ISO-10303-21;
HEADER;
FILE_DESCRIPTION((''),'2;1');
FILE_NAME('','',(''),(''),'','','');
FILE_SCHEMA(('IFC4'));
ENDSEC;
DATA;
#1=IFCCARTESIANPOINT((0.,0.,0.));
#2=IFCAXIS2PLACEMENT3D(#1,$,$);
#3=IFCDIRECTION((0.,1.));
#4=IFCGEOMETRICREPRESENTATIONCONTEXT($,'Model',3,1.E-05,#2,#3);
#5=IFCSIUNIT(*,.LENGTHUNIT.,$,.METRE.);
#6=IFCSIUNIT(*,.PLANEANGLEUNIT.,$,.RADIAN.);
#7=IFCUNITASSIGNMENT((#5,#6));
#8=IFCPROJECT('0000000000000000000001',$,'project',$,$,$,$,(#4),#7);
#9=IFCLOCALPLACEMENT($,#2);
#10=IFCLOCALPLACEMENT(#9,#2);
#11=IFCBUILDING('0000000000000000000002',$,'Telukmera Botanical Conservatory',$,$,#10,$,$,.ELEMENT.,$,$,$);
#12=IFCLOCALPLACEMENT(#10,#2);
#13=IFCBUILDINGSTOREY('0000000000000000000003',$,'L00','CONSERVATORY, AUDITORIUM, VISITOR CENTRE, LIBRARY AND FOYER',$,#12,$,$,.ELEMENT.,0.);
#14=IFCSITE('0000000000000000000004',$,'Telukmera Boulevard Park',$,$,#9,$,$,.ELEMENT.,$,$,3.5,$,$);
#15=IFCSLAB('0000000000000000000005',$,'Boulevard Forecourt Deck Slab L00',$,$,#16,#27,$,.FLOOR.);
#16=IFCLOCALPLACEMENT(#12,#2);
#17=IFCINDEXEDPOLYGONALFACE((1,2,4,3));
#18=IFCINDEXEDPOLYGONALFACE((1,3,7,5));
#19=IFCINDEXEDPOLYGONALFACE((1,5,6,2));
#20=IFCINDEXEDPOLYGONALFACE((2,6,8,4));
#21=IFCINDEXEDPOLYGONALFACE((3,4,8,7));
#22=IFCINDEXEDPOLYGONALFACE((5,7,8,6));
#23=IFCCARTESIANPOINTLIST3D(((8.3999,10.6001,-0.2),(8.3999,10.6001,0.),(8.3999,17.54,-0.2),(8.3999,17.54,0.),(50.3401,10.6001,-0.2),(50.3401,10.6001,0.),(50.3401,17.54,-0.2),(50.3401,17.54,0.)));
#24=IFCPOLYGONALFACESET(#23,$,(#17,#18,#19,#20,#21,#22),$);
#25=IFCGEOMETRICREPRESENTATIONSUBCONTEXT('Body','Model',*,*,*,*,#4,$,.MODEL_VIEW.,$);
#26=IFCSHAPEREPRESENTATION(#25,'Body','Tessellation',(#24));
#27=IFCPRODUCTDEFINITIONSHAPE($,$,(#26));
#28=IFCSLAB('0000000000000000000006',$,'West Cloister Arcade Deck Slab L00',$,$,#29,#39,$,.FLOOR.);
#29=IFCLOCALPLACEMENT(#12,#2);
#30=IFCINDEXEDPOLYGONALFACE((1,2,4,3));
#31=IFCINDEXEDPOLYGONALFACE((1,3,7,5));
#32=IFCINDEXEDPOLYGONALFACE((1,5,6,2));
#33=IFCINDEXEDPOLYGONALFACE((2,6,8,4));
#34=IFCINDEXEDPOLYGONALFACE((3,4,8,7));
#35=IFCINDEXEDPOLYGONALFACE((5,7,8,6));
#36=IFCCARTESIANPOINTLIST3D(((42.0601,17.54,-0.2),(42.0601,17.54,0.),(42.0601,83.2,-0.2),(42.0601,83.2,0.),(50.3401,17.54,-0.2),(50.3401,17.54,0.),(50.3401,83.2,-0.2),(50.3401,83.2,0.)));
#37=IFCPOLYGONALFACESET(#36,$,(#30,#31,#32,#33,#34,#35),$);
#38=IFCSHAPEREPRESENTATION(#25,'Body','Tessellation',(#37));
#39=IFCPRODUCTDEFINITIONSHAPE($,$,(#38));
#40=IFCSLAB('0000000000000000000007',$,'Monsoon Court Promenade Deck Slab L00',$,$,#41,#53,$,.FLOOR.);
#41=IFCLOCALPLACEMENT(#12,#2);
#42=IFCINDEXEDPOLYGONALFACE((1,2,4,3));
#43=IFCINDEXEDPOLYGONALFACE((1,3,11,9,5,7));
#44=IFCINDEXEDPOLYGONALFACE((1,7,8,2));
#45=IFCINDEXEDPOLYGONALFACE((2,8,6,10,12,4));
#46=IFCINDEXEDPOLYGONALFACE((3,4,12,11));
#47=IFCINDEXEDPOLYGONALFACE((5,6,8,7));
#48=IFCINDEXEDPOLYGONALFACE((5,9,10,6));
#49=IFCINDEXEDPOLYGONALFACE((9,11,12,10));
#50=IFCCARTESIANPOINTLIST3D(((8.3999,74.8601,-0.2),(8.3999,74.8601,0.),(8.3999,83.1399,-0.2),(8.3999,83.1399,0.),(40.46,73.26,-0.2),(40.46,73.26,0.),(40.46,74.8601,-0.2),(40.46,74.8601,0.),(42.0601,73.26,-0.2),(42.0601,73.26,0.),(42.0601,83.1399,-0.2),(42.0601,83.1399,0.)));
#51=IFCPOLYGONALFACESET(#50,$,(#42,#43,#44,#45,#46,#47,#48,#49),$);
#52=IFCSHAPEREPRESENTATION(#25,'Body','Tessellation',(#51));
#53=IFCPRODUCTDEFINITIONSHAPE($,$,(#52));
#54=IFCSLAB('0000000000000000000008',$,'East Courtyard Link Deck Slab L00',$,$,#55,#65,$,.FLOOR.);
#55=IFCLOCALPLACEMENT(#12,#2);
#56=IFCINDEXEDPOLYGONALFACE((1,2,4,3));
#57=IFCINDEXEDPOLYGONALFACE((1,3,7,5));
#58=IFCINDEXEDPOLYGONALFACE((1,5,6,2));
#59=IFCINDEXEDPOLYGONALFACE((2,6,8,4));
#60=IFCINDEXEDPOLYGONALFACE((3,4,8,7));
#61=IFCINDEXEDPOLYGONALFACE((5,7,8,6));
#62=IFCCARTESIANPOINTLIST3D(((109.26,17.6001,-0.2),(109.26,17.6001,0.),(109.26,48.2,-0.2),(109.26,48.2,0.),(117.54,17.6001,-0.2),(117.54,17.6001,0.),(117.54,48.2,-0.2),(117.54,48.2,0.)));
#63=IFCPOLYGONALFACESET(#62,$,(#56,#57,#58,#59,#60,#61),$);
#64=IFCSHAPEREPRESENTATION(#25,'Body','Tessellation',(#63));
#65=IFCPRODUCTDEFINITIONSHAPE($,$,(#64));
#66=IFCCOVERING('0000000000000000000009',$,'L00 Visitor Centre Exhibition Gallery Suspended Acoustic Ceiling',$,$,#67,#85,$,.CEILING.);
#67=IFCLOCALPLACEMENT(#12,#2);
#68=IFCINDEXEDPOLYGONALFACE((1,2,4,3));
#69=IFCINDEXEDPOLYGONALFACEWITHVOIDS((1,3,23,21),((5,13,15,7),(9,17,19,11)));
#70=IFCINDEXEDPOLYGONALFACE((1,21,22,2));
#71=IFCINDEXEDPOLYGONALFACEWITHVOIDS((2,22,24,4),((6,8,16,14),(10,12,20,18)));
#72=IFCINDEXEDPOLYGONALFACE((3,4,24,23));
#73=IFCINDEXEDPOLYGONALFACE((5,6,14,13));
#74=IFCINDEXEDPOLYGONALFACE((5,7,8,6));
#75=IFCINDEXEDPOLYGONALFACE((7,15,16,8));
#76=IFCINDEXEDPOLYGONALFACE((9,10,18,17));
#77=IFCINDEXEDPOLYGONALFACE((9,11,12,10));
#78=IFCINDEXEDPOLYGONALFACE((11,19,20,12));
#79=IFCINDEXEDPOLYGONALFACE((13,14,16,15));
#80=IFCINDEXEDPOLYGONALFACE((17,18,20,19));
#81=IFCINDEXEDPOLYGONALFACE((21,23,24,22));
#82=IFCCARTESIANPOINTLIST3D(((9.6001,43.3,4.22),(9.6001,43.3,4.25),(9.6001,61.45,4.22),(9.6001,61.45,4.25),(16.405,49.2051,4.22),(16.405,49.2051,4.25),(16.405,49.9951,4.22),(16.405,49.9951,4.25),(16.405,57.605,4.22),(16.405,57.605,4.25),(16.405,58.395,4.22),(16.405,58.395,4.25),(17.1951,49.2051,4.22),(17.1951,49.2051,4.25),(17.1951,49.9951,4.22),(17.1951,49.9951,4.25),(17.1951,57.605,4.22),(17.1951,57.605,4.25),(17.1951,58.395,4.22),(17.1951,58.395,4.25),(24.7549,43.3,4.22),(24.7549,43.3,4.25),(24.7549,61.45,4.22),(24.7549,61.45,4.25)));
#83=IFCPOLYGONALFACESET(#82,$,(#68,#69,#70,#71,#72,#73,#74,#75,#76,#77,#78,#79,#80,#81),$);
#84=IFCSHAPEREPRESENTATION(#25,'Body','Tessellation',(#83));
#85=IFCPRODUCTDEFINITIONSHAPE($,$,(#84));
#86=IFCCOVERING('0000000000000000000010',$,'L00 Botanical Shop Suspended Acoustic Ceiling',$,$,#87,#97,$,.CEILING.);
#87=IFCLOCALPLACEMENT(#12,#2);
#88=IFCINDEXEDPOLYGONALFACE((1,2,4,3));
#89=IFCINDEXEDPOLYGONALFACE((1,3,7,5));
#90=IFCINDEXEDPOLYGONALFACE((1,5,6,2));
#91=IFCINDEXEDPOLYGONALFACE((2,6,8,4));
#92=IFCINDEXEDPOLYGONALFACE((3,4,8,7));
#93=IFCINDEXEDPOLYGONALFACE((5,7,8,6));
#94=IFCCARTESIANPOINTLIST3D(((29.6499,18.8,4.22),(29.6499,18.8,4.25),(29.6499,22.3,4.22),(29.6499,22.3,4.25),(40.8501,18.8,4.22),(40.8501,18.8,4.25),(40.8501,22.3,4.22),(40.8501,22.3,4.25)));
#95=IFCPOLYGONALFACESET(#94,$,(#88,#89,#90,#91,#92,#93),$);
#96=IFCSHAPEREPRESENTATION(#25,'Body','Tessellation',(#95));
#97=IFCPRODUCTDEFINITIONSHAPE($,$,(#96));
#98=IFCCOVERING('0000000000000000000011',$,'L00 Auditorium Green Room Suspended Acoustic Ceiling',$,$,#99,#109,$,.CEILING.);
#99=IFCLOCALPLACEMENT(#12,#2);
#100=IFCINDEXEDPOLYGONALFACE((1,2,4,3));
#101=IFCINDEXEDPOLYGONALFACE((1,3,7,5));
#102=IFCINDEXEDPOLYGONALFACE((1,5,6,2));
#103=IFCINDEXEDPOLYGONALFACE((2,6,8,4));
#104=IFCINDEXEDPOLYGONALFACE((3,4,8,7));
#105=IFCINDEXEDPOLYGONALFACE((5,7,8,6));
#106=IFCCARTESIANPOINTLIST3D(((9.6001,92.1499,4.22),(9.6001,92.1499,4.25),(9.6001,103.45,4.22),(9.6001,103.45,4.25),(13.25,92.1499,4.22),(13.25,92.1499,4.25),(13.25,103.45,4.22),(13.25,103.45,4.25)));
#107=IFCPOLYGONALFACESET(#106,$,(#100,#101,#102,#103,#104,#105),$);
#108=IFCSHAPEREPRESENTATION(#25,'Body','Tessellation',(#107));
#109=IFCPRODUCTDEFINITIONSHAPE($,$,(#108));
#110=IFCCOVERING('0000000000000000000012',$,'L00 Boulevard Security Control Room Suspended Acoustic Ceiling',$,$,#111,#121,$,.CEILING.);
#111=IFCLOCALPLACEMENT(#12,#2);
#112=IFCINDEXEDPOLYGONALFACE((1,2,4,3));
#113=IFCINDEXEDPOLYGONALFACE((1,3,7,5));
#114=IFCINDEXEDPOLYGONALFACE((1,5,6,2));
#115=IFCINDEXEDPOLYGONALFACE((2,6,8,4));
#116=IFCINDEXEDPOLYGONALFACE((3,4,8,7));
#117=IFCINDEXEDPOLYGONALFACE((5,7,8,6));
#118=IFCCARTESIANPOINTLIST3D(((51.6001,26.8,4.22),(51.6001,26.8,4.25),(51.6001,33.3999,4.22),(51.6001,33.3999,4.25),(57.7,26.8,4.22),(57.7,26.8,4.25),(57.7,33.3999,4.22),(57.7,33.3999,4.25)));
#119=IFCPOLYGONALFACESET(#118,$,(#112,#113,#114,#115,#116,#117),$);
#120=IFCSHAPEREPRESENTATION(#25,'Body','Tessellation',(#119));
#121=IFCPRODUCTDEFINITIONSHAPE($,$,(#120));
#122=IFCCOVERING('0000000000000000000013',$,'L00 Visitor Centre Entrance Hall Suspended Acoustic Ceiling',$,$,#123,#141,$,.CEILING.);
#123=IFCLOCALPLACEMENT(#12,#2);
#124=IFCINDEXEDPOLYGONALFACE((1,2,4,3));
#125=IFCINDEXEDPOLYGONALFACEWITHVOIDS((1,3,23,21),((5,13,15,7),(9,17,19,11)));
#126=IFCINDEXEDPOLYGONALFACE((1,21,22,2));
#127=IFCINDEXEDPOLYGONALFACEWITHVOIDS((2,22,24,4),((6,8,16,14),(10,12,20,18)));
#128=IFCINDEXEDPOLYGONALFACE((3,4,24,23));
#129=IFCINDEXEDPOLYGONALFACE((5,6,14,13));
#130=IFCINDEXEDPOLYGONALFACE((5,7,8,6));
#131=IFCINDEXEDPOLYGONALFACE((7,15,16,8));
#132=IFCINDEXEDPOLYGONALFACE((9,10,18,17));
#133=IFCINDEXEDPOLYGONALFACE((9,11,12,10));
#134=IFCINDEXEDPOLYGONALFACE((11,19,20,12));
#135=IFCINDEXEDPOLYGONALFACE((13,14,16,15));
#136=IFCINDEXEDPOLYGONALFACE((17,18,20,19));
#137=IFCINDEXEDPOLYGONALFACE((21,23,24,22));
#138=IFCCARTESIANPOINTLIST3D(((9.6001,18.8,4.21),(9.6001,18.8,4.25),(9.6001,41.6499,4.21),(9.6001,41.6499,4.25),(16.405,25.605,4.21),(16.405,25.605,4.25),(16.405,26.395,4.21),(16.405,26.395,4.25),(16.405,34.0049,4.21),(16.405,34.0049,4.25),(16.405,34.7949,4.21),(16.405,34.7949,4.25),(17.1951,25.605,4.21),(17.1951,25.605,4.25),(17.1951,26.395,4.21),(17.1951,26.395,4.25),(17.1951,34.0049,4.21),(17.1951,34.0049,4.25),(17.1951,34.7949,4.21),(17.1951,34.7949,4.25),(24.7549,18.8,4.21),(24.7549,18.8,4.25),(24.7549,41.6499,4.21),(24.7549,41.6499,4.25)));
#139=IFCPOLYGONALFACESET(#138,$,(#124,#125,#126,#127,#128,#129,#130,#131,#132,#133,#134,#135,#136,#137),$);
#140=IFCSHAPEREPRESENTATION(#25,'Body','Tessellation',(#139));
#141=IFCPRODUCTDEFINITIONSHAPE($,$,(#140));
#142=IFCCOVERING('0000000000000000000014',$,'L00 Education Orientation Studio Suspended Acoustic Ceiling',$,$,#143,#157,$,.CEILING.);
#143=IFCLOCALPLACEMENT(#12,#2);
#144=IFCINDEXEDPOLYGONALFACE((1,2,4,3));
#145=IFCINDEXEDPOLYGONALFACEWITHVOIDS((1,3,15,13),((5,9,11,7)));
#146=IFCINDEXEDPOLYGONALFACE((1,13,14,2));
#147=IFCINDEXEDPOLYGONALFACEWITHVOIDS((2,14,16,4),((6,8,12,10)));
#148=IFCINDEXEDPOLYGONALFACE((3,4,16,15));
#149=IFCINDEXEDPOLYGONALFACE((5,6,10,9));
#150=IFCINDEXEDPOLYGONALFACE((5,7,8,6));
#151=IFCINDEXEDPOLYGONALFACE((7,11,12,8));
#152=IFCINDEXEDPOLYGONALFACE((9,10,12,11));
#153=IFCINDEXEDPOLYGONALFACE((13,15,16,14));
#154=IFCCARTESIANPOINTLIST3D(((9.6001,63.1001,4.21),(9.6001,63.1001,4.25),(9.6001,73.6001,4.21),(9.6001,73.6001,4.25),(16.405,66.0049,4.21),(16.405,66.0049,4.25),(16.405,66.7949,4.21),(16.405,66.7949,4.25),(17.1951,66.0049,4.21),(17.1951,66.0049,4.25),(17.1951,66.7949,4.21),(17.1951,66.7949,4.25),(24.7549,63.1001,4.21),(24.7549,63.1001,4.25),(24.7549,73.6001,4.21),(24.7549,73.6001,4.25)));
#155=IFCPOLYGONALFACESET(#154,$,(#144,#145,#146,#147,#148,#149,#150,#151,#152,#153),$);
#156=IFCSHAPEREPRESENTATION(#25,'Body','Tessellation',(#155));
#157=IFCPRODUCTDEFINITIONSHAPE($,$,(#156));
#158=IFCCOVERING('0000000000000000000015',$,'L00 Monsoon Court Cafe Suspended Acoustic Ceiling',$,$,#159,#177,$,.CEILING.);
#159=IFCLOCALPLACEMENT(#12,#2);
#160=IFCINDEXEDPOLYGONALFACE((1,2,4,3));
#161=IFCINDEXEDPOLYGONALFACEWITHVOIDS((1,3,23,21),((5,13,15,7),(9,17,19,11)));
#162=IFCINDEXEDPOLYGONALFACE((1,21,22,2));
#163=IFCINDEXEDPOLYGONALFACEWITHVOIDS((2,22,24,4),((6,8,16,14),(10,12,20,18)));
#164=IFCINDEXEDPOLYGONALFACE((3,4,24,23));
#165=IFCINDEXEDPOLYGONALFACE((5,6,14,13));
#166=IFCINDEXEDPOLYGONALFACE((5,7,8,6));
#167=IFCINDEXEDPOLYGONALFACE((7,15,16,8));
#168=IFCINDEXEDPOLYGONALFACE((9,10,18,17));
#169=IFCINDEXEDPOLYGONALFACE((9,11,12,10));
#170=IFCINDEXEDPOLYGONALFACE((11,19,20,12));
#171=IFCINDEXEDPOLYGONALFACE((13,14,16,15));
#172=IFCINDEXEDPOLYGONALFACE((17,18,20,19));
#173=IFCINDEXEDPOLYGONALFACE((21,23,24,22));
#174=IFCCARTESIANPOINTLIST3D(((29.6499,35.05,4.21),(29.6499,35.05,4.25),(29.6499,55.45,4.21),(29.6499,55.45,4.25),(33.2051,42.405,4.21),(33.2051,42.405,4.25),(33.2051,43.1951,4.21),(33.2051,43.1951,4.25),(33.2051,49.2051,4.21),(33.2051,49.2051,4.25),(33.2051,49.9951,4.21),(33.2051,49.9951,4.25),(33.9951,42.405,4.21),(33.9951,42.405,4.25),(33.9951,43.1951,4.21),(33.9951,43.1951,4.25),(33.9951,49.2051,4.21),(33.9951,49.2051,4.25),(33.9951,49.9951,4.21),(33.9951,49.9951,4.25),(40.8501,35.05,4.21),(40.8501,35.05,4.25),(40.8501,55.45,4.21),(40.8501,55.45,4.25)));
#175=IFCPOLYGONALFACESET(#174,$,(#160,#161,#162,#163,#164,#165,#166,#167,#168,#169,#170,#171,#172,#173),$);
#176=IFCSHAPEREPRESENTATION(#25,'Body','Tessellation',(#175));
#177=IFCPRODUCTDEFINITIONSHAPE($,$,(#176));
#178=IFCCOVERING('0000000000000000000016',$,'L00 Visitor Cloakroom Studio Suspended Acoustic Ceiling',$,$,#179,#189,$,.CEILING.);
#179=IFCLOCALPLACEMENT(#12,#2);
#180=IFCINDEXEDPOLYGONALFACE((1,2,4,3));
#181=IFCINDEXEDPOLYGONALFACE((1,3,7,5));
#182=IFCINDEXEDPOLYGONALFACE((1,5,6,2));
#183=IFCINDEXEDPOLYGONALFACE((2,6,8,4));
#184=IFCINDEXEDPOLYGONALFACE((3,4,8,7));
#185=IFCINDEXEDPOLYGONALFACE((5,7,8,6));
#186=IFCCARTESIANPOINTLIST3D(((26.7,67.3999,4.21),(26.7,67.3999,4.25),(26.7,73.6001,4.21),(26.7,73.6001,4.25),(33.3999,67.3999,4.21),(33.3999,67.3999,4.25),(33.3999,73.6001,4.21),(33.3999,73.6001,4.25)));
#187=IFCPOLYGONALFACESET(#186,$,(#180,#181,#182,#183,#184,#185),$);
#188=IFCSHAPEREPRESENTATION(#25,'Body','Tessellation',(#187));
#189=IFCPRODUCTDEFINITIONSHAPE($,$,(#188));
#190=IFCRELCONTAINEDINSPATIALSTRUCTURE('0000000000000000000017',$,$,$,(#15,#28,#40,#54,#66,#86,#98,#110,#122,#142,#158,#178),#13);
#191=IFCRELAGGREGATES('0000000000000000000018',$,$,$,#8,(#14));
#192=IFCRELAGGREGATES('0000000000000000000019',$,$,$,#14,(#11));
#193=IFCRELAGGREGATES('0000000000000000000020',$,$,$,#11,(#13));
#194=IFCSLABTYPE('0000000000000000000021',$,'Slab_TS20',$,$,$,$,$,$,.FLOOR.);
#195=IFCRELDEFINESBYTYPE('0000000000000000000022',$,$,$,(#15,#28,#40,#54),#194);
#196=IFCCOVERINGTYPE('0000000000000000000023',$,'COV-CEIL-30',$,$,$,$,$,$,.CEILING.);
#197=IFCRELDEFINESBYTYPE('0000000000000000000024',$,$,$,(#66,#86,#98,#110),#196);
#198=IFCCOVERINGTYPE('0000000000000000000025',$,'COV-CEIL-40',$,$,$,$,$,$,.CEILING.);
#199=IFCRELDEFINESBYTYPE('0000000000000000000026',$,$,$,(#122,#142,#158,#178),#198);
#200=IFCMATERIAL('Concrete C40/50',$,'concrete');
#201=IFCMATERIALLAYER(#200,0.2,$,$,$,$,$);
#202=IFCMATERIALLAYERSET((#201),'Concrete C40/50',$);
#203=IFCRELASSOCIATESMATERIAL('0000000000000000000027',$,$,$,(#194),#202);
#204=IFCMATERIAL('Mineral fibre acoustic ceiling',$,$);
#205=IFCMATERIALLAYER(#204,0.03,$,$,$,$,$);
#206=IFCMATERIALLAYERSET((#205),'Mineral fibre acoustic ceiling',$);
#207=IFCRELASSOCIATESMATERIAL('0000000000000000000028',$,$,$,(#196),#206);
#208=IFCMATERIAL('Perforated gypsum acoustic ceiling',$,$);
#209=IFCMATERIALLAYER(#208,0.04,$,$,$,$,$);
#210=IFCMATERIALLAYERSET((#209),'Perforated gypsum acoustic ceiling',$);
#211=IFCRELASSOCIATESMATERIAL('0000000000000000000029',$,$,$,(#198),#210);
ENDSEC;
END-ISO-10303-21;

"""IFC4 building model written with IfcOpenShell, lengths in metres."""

from ifc_helpers import new_model, si_unit, direction, frame, origin, place, context, subcontext, project, spatial, polyline, outline, extrude, material, layer, layer_set, type_object, element, save


model = new_model("IFC4")

# Units and contexts
model_context = context("Model", 3, precision=1e-05, world=origin(), true_north=direction((0.0, 1.0)))
body_context = subcontext(model_context, "Body", "Model", "MODEL_VIEW")
ifc_project = project(units=[si_unit("LENGTHUNIT", "METRE"), si_unit("PLANEANGLEUNIT", "RADIAN")], contexts=[model_context])

# Site, building, storey
site_placement = place(None, origin())
site = spatial("IfcSite", under=ifc_project, at=site_placement, Name="Telukmera Boulevard Park", CompositionType="ELEMENT", RefElevation=3.5)
building_placement = place(site_placement, origin())
building = spatial("IfcBuilding", under=site, at=building_placement, Name="Telukmera Botanical Conservatory", CompositionType="ELEMENT")
storey_placement = place(building_placement, origin())
storey = spatial("IfcBuildingStorey", under=building, at=storey_placement, Name="L00", Description="CONSERVATORY, AUDITORIUM, VISITOR CENTRE, LIBRARY AND FOYER", CompositionType="ELEMENT", Elevation=0.0)

# Shared definitions
ifc_material_1 = material(Name="Concrete C40/50", Category="concrete")

# Slabs
ifc_layer_1 = layer(ifc_material_1, 0.2)
ifc_layer_set_1 = layer_set([ifc_layer_1], Name="Concrete C40/50")
slab_type_1 = type_object("IfcSlabType", Name="Slab_TS20", PredefinedType="FLOOR", material=ifc_layer_set_1)
slab_1_placement = place(storey_placement, frame((0.0, 0.0, -0.2)))
element("IfcSlab", 1, at=slab_1_placement, inside=storey, type_object=slab_type_1, Name="Boulevard Forecourt Deck Slab L00", PredefinedType="FLOOR", context=body_context, shape_type="SweptSolid", body=[
    extrude(outline(polyline([(8.3999, 10.6001), (50.3401, 10.6001), (50.3401, 17.54), (8.3999, 17.54), (8.3999, 10.6001)])), origin(), (0.0, 0.0, 1.0), 0.2),
])
slab_2_placement = place(storey_placement, frame((0.0, 0.0, -0.2)))
element("IfcSlab", 2, at=slab_2_placement, inside=storey, type_object=slab_type_1, Name="West Cloister Arcade Deck Slab L00", PredefinedType="FLOOR", context=body_context, shape_type="SweptSolid", body=[
    extrude(outline(polyline([(42.0601, 17.54), (50.3401, 17.54), (50.3401, 83.2), (42.0601, 83.2), (42.0601, 17.54)])), origin(), (0.0, 0.0, 1.0), 0.2),
])
slab_3_placement = place(storey_placement, frame((0.0, 0.0, -0.2)))
element("IfcSlab", 3, at=slab_3_placement, inside=storey, type_object=slab_type_1, Name="Monsoon Court Promenade Deck Slab L00", PredefinedType="FLOOR", context=body_context, shape_type="SweptSolid", body=[
    extrude(outline(polyline([(8.3999, 74.8601), (40.46, 74.8601), (40.46, 73.26), (42.0601, 73.26), (42.0601, 83.1399), (8.3999, 83.1399), (8.3999, 74.8601)])), origin(), (0.0, 0.0, 1.0), 0.2),
])
slab_4_placement = place(storey_placement, frame((0.0, 0.0, -0.2)))
element("IfcSlab", 4, at=slab_4_placement, inside=storey, type_object=slab_type_1, Name="East Courtyard Link Deck Slab L00", PredefinedType="FLOOR", context=body_context, shape_type="SweptSolid", body=[
    extrude(outline(polyline([(109.26, 17.6001), (117.54, 17.6001), (117.54, 48.2), (109.26, 48.2), (109.26, 17.6001)])), origin(), (0.0, 0.0, 1.0), 0.2),
])

# Coverings
ifc_material_2 = material(Name="Mineral fibre acoustic ceiling")
ifc_layer_2 = layer(ifc_material_2, 0.03)
ifc_layer_set_2 = layer_set([ifc_layer_2], Name="Mineral fibre acoustic ceiling")
covering_type_1 = type_object("IfcCoveringType", Name="COV-CEIL-30", PredefinedType="CEILING", material=ifc_layer_set_2)
covering_1_placement = place(storey_placement, frame((0.0, 0.0, 4.22)))
element("IfcCovering", 5, at=covering_1_placement, inside=storey, type_object=covering_type_1, Name="L00 Visitor Centre Exhibition Gallery Suspended Acoustic Ceiling", PredefinedType="CEILING", context=body_context, shape_type="SweptSolid", body=[
    extrude(outline(polyline([(9.6001, 43.3), (24.7549, 43.3), (24.7549, 61.45), (9.6001, 61.45), (9.6001, 43.3)]), holes=[polyline([(16.405, 49.2051), (17.1951, 49.2051), (17.1951, 49.9951), (16.405, 49.9951), (16.405, 49.2051)]), polyline([(16.405, 57.605), (17.1951, 57.605), (17.1951, 58.395), (16.405, 58.395), (16.405, 57.605)])]), origin(), (0.0, 0.0, 1.0), 0.03),
])
covering_2_placement = place(storey_placement, frame((0.0, 0.0, 4.22)))
element("IfcCovering", 6, at=covering_2_placement, inside=storey, type_object=covering_type_1, Name="L00 Botanical Shop Suspended Acoustic Ceiling", PredefinedType="CEILING", context=body_context, shape_type="SweptSolid", body=[
    extrude(outline(polyline([(29.6499, 18.8), (40.8501, 18.8), (40.8501, 22.3), (29.6499, 22.3), (29.6499, 18.8)])), origin(), (0.0, 0.0, 1.0), 0.03),
])
covering_3_placement = place(storey_placement, frame((0.0, 0.0, 4.22)))
element("IfcCovering", 7, at=covering_3_placement, inside=storey, type_object=covering_type_1, Name="L00 Auditorium Green Room Suspended Acoustic Ceiling", PredefinedType="CEILING", context=body_context, shape_type="SweptSolid", body=[
    extrude(outline(polyline([(9.6001, 92.1499), (13.25, 92.1499), (13.25, 103.45), (9.6001, 103.45), (9.6001, 92.1499)])), origin(), (0.0, 0.0, 1.0), 0.03),
])
covering_4_placement = place(storey_placement, frame((0.0, 0.0, 4.22)))
element("IfcCovering", 8, at=covering_4_placement, inside=storey, type_object=covering_type_1, Name="L00 Boulevard Security Control Room Suspended Acoustic Ceiling", PredefinedType="CEILING", context=body_context, shape_type="SweptSolid", body=[
    extrude(outline(polyline([(51.6001, 26.8), (57.7, 26.8), (57.7, 33.3999), (51.6001, 33.3999), (51.6001, 26.8)])), origin(), (0.0, 0.0, 1.0), 0.03),
])
ifc_material_3 = material(Name="Perforated gypsum acoustic ceiling")
ifc_layer_3 = layer(ifc_material_3, 0.04)
ifc_layer_set_3 = layer_set([ifc_layer_3], Name="Perforated gypsum acoustic ceiling")
covering_type_2 = type_object("IfcCoveringType", Name="COV-CEIL-40", PredefinedType="CEILING", material=ifc_layer_set_3)
covering_5_placement = place(storey_placement, frame((0.0, 0.0, 4.21)))
element("IfcCovering", 9, at=covering_5_placement, inside=storey, type_object=covering_type_2, Name="L00 Visitor Centre Entrance Hall Suspended Acoustic Ceiling", PredefinedType="CEILING", context=body_context, shape_type="SweptSolid", body=[
    extrude(outline(polyline([(9.6001, 18.8), (24.7549, 18.8), (24.7549, 41.6499), (9.6001, 41.6499), (9.6001, 18.8)]), holes=[polyline([(16.405, 25.605), (17.1951, 25.605), (17.1951, 26.395), (16.405, 26.395), (16.405, 25.605)]), polyline([(16.405, 34.0049), (17.1951, 34.0049), (17.1951, 34.7949), (16.405, 34.7949), (16.405, 34.0049)])]), origin(), (0.0, 0.0, 1.0), 0.04),
])
covering_6_placement = place(storey_placement, frame((0.0, 0.0, 4.21)))
element("IfcCovering", 10, at=covering_6_placement, inside=storey, type_object=covering_type_2, Name="L00 Education Orientation Studio Suspended Acoustic Ceiling", PredefinedType="CEILING", context=body_context, shape_type="SweptSolid", body=[
    extrude(outline(polyline([(9.6001, 63.1001), (24.7549, 63.1001), (24.7549, 73.6001), (9.6001, 73.6001), (9.6001, 63.1001)]), holes=[polyline([(16.405, 66.0049), (17.1951, 66.0049), (17.1951, 66.7949), (16.405, 66.7949), (16.405, 66.0049)])]), origin(), (0.0, 0.0, 1.0), 0.04),
])
covering_7_placement = place(storey_placement, frame((0.0, 0.0, 4.21)))
element("IfcCovering", 11, at=covering_7_placement, inside=storey, type_object=covering_type_2, Name="L00 Monsoon Court Cafe Suspended Acoustic Ceiling", PredefinedType="CEILING", context=body_context, shape_type="SweptSolid", body=[
    extrude(outline(polyline([(29.6499, 35.05), (40.8501, 35.05), (40.8501, 55.45), (29.6499, 55.45), (29.6499, 35.05)]), holes=[polyline([(33.2051, 42.405), (33.9951, 42.405), (33.9951, 43.1951), (33.2051, 43.1951), (33.2051, 42.405)]), polyline([(33.2051, 49.2051), (33.9951, 49.2051), (33.9951, 49.9951), (33.2051, 49.9951), (33.2051, 49.2051)])]), origin(), (0.0, 0.0, 1.0), 0.04),
])
covering_8_placement = place(storey_placement, frame((0.0, 0.0, 4.21)))
element("IfcCovering", 12, at=covering_8_placement, inside=storey, type_object=covering_type_2, Name="L00 Visitor Cloakroom Studio Suspended Acoustic Ceiling", PredefinedType="CEILING", context=body_context, shape_type="SweptSolid", body=[
    extrude(outline(polyline([(26.7, 67.3999), (33.3999, 67.3999), (33.3999, 73.6001), (26.7, 73.6001), (26.7, 67.3999)])), origin(), (0.0, 0.0, 1.0), 0.04),
])

save(model, "model.ifc")
